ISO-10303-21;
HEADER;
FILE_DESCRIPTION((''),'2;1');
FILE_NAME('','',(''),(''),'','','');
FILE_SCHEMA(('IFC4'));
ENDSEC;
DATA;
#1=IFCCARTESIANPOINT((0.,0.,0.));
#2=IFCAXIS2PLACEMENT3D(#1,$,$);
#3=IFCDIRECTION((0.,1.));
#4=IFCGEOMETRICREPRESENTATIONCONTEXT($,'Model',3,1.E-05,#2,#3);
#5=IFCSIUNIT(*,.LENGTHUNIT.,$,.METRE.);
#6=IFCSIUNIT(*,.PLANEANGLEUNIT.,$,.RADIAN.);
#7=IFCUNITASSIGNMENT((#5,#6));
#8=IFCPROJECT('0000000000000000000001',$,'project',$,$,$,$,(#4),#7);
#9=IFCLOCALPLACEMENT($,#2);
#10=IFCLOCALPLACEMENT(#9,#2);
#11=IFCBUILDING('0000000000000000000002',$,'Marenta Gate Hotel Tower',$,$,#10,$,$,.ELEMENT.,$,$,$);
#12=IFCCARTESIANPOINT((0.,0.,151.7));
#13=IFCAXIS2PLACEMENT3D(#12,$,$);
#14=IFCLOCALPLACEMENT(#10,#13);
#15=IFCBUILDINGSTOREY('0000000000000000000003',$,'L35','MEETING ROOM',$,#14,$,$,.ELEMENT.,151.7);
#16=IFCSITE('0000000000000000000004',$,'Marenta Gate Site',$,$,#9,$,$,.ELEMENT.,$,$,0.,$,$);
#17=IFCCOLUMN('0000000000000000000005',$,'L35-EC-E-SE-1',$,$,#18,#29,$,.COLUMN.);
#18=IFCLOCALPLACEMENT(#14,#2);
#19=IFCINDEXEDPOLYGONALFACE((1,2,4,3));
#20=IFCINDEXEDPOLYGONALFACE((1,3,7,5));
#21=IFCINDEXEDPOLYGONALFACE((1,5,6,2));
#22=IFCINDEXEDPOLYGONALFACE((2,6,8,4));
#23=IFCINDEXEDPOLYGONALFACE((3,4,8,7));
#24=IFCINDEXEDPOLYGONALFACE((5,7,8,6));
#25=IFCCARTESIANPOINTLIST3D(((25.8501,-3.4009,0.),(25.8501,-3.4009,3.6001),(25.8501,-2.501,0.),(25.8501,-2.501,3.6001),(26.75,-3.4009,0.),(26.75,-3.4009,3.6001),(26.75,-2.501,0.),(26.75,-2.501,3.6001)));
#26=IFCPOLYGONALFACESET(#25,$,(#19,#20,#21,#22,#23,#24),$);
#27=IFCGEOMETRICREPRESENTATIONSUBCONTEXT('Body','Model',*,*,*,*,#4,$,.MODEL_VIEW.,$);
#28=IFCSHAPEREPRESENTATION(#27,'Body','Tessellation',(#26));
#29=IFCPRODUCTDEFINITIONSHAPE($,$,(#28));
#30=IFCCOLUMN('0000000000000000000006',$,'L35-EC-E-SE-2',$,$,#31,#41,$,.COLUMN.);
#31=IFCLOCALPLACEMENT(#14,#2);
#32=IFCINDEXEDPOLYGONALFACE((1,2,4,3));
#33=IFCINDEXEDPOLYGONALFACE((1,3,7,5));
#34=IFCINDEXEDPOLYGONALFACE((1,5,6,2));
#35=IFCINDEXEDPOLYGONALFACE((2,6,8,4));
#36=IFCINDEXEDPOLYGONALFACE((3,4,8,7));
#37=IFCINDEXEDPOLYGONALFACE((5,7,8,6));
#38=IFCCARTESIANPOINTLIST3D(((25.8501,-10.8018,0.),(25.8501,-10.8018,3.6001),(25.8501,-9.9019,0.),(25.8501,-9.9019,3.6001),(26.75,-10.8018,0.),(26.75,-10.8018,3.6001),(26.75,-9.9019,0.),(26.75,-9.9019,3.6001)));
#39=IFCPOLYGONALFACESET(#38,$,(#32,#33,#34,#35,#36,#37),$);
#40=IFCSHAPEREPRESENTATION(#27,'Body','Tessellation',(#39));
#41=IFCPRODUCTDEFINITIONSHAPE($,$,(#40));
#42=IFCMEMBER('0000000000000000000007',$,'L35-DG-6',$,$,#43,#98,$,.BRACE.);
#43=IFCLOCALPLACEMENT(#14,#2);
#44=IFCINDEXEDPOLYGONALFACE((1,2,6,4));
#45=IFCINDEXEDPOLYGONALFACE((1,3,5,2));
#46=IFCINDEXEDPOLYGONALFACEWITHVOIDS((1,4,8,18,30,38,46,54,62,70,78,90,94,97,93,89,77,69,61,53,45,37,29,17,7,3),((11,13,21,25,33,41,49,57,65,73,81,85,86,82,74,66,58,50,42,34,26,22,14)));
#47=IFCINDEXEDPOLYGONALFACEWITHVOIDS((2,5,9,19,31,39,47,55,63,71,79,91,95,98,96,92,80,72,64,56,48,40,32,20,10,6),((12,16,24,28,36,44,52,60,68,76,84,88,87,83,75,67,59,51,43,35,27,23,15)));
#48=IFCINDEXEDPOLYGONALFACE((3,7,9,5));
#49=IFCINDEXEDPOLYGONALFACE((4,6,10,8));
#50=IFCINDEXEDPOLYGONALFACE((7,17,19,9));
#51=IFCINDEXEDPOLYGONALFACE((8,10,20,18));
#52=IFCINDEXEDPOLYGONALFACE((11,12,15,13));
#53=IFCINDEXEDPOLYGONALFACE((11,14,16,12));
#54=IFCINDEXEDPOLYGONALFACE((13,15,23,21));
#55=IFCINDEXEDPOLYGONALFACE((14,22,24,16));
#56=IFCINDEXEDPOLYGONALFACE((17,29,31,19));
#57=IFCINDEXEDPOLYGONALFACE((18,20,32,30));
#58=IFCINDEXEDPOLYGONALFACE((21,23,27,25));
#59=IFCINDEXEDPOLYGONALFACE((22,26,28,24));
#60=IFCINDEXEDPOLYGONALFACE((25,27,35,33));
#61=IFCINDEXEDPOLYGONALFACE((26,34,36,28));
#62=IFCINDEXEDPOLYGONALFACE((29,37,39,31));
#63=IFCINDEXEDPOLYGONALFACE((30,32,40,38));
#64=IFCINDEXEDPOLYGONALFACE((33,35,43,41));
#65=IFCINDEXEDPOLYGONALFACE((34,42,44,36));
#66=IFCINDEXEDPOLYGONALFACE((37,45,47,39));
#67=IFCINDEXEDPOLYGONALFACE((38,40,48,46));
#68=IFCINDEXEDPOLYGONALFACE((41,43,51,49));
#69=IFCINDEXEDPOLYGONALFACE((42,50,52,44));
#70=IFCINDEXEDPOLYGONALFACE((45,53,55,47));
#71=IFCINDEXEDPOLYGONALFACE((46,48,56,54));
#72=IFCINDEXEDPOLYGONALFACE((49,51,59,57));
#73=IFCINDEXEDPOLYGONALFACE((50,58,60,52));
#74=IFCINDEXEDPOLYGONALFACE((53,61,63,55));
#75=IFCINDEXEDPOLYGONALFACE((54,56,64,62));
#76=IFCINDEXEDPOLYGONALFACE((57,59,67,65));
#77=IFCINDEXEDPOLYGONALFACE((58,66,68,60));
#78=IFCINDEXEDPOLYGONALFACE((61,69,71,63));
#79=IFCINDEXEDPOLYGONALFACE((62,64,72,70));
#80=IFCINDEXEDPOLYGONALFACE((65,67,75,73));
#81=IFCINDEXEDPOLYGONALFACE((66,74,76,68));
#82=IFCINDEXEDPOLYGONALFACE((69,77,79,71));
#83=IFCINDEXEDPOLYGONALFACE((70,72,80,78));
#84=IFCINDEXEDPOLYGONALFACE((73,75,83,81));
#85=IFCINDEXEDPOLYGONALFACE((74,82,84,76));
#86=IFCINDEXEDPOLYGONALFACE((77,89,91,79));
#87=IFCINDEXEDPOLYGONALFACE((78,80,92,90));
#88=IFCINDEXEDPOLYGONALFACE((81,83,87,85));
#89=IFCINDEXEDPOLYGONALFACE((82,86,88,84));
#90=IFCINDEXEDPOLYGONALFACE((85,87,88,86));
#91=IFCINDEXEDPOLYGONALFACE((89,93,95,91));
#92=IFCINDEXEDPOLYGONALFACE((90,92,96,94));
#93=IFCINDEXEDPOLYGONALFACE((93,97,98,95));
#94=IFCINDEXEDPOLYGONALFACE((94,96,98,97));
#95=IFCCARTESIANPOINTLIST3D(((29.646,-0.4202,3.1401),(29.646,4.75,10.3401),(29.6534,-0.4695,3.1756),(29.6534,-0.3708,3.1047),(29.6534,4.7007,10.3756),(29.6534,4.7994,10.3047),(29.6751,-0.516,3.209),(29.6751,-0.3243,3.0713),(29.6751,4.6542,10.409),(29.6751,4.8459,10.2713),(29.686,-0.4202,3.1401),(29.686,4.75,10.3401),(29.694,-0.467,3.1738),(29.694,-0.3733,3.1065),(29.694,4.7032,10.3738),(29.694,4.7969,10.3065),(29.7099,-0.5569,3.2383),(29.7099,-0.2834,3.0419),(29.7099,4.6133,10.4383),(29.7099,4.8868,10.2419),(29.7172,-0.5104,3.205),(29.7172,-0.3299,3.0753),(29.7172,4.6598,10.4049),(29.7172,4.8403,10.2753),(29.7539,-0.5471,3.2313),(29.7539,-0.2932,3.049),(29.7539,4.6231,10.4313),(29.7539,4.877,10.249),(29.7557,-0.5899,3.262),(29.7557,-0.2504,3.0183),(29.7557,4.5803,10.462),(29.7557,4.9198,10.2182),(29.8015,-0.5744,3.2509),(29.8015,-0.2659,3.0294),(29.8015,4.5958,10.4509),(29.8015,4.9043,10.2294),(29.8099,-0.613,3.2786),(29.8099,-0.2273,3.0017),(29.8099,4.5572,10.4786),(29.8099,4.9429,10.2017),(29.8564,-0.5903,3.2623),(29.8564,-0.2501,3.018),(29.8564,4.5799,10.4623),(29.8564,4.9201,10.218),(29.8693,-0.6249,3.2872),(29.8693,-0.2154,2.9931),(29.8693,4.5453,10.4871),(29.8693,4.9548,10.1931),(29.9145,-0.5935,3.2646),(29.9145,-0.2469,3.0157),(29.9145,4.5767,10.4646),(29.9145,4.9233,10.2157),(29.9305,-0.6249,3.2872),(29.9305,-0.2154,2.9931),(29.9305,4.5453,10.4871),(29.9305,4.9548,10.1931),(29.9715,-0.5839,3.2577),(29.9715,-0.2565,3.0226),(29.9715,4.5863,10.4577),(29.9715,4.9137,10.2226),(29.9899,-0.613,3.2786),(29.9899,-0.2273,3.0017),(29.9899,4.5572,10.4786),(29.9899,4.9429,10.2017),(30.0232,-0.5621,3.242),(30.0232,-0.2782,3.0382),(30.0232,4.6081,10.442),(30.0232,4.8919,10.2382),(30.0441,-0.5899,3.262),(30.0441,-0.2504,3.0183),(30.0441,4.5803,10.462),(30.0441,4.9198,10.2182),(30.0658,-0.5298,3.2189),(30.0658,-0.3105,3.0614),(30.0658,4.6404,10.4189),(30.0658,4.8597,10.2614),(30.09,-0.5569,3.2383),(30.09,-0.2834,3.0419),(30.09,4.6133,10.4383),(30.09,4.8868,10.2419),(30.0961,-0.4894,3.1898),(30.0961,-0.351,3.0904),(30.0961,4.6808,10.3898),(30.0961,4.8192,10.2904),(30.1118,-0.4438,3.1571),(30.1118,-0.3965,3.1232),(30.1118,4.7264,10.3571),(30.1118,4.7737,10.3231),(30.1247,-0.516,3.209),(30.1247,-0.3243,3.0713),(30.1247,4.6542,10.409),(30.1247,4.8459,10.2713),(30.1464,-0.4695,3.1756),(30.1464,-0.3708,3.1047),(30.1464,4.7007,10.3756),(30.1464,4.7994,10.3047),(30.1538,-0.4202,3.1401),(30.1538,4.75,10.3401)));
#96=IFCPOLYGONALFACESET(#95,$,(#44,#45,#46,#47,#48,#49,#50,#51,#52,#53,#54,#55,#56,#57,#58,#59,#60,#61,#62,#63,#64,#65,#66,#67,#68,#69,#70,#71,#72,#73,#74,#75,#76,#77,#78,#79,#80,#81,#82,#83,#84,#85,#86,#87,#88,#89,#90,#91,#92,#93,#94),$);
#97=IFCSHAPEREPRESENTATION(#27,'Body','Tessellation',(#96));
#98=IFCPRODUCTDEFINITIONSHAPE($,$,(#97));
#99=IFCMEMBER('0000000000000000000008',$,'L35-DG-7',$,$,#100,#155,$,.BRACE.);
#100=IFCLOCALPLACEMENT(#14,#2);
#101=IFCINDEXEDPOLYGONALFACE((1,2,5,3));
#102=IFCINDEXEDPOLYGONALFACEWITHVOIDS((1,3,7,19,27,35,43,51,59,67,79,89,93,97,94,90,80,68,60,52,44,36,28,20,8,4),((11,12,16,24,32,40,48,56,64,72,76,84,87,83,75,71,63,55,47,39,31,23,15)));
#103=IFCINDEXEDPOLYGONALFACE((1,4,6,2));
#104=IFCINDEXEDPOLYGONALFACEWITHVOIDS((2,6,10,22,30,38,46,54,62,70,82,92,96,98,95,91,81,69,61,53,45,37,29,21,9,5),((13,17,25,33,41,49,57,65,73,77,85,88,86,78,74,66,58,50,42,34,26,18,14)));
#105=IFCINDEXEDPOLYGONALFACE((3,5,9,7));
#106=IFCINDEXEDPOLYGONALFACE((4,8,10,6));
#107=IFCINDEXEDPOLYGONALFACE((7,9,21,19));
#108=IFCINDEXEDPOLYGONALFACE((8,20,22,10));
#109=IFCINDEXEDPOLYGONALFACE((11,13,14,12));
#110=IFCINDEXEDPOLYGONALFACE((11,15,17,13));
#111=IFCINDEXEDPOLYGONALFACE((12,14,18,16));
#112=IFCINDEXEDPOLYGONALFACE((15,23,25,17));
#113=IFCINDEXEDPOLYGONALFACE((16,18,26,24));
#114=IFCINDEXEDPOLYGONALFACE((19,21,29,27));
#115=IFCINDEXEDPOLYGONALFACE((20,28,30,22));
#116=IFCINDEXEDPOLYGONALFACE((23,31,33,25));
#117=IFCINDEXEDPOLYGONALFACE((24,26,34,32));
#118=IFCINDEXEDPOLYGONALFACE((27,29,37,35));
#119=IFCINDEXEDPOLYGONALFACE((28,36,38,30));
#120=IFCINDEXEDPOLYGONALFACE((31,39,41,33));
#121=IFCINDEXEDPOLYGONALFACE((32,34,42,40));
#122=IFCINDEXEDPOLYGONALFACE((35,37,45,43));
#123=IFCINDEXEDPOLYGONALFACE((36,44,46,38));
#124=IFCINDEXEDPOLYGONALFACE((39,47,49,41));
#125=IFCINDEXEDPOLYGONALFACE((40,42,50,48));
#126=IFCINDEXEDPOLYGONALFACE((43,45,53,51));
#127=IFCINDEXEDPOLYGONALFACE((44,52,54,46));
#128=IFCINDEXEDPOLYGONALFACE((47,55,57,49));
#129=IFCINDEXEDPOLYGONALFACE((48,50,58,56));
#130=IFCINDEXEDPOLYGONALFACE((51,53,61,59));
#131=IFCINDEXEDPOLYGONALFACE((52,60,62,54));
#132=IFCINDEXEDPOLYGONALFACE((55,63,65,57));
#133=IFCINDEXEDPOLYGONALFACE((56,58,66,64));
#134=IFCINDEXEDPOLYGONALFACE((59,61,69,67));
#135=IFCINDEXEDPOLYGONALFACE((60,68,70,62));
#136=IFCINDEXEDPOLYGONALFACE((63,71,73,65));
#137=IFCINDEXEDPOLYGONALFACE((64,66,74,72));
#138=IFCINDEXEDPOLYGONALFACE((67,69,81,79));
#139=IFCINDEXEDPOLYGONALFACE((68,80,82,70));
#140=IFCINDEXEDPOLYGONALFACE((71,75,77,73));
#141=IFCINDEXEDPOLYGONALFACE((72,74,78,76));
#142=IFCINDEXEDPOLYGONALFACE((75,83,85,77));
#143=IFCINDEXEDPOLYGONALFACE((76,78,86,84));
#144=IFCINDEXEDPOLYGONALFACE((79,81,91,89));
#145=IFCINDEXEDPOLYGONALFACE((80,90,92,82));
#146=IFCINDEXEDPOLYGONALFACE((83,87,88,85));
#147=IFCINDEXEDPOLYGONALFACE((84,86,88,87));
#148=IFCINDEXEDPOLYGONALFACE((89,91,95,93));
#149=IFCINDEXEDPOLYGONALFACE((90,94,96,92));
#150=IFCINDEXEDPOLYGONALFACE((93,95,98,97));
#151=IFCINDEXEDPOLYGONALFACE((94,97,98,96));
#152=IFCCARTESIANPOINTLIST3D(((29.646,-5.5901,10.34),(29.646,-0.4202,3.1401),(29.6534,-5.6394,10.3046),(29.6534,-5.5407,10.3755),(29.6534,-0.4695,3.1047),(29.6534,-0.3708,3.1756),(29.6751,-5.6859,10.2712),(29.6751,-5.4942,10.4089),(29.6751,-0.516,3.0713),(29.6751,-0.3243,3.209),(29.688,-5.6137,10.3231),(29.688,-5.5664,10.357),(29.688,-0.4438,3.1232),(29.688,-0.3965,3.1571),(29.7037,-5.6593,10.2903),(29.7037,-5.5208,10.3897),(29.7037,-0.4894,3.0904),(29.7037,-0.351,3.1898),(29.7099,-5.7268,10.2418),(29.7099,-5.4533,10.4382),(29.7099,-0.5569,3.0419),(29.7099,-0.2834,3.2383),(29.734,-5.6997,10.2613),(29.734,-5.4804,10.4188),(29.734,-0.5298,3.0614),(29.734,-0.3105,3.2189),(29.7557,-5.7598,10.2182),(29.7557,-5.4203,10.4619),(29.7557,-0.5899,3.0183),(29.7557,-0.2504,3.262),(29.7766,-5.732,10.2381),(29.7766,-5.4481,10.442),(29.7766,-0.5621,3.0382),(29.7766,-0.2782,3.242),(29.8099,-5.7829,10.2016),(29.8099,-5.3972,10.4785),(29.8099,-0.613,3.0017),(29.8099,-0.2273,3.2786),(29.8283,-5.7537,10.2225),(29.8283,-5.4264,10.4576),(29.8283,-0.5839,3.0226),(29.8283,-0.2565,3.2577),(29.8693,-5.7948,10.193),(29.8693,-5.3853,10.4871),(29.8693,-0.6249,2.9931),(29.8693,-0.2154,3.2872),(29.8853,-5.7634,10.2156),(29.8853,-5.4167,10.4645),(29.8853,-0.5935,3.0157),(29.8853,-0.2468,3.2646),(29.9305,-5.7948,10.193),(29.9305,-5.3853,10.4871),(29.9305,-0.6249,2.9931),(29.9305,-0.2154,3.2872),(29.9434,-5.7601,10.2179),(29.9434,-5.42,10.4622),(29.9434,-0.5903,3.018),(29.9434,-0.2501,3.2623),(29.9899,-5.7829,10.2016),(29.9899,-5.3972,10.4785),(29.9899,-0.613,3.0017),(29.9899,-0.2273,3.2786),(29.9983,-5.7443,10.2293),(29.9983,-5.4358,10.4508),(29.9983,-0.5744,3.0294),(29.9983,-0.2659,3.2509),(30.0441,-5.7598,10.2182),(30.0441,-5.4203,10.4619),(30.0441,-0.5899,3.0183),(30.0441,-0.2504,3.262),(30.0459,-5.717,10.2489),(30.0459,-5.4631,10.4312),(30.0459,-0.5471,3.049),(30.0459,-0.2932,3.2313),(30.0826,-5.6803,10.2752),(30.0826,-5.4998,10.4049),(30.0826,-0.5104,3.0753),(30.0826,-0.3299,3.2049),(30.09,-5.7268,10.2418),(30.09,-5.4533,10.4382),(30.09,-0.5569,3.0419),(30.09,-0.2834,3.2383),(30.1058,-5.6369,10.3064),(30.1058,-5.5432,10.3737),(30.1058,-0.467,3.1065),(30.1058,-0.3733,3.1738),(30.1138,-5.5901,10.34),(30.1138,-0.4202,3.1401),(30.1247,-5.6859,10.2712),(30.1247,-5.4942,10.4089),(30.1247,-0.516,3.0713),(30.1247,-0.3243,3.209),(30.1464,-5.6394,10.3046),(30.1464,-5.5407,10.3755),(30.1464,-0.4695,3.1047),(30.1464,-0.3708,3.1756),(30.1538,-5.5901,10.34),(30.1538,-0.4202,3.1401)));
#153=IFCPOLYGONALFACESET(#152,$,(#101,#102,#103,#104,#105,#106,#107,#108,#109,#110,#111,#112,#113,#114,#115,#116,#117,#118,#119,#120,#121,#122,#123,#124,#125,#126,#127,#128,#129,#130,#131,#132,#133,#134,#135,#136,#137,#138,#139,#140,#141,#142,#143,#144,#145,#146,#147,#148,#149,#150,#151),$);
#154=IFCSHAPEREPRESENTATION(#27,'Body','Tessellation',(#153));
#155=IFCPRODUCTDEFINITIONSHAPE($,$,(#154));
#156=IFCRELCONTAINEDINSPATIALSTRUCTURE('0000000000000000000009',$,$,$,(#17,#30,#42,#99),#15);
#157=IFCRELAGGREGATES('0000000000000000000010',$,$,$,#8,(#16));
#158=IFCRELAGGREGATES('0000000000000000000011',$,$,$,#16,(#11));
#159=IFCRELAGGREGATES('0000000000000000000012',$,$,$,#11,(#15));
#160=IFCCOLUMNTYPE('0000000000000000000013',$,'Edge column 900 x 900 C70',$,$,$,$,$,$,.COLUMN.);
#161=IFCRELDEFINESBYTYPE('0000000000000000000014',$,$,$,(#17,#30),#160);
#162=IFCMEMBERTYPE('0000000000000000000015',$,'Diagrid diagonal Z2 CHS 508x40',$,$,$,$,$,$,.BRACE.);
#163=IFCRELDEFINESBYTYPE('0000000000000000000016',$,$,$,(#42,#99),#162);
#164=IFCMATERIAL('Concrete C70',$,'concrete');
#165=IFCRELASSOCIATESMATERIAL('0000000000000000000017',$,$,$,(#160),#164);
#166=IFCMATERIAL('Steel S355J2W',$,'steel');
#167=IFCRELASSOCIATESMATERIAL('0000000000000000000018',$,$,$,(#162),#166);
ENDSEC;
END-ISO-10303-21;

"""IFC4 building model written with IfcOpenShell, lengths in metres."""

from ifc_helpers import new_model, si_unit, direction, frame, origin, origin_2d, place, context, subcontext, project, spatial, rectangle, hollow_circle, extrude, material, material_profile, profile_set, type_object, element, save


model = new_model("IFC4")

# Units and contexts
model_context = context("Model", 3, precision=1e-05, world=origin(), true_north=direction((0.0, 1.0)))
body_context = subcontext(model_context, "Body", "Model", "MODEL_VIEW")
ifc_project = project(units=[si_unit("LENGTHUNIT", "METRE"), si_unit("PLANEANGLEUNIT", "RADIAN")], contexts=[model_context])

# Site, building, storey
site_placement = place(None, origin())
site = spatial("IfcSite", under=ifc_project, at=site_placement, Name="Marenta Gate Site", CompositionType="ELEMENT", RefElevation=0.0)
building_placement = place(site_placement, origin())
building = spatial("IfcBuilding", under=site, at=building_placement, Name="Marenta Gate Hotel Tower", CompositionType="ELEMENT")
storey_placement = place(building_placement, frame((0.0, 0.0, 151.7)))
storey = spatial("IfcBuildingStorey", under=building, at=storey_placement, Name="L35", Description="MEETING ROOM", CompositionType="ELEMENT", Elevation=151.7)

# Columns
ifc_material_1 = material(Name="Concrete C70", Category="concrete")
ifc_material_profile_1 = material_profile(ifc_material_1, rectangle(XDim=0.8999, YDim=0.8999, at=origin_2d()), Name="900 x 900")
ifc_profile_set_1 = profile_set([ifc_material_profile_1], Name="Concrete C70")
column_type = type_object("IfcColumnType", Name="Edge column 900 x 900 C70", PredefinedType="COLUMN", material=ifc_profile_set_1)
for number, where, z_axis, x_axis, name in (
    (1, (26.3, -2.9509, 0.0), (0.0, 0.0, 1.0), (1.0, 0.0, 0.0), "L35-EC-E-SE-1"),
    (2, (26.3, -10.3518, 0.0), (0.0, 0.0, 1.0), (1.0, 0.0, 0.0), "L35-EC-E-SE-2"),
):
    element("IfcColumn", number, at=place(storey_placement, frame(where, z_axis=z_axis, x_axis=x_axis)), inside=storey, type_object=column_type, Name=name, PredefinedType="COLUMN", context=body_context, shape_type="SweptSolid", body=[
        extrude(rectangle(XDim=0.8999, YDim=0.8999, at=origin_2d()), origin(), (0.0, 0.0, 1.0), 3.6001),
    ])

# Members
ifc_material_2 = material(Name="Steel S355J2W", Category="steel")
ifc_material_profile_2 = material_profile(ifc_material_2, hollow_circle(Radius=0.2539, WallThickness=0.04, at=origin_2d()), Name="CHS 508x40")
ifc_profile_set_2 = profile_set([ifc_material_profile_2], Name="Steel S355J2W")
member_type_1 = type_object("IfcMemberType", Name="Diagrid diagonal Z2 CHS 508x40", PredefinedType="BRACE", material=ifc_profile_set_2)
member_1_placement = place(storey_placement, frame((29.8999, -0.4202, 3.1401), z_axis=(0.0, 0.583279, 0.812272), x_axis=(-1.0, 0.0, 0.0)))
element("IfcMember", 3, at=member_1_placement, inside=storey, type_object=member_type_1, Name="L35-DG-6", PredefinedType="BRACE", context=body_context, shape_type="SweptSolid", body=[
    extrude(hollow_circle(Radius=0.2539, WallThickness=0.04, at=origin_2d()), origin(), (0.0, 0.0, 1.0), 8.864),
])
for number, where, z_axis, x_axis, name in (
    (4, (29.8999, -0.4202, 3.1401), (0.0, -0.583261, 0.812285), (1.0, 0.0, 0.0), "L35-DG-7"),
):
    element("IfcMember", number, at=place(storey_placement, frame(where, z_axis=z_axis, x_axis=x_axis)), inside=storey, type_object=member_type_1, Name=name, PredefinedType="BRACE", context=body_context, shape_type="SweptSolid", body=[
        extrude(hollow_circle(Radius=0.2539, WallThickness=0.04, at=origin_2d()), origin(), (0.0, 0.0, 1.0), 8.8638),
    ])

save(model, "model.ifc")
